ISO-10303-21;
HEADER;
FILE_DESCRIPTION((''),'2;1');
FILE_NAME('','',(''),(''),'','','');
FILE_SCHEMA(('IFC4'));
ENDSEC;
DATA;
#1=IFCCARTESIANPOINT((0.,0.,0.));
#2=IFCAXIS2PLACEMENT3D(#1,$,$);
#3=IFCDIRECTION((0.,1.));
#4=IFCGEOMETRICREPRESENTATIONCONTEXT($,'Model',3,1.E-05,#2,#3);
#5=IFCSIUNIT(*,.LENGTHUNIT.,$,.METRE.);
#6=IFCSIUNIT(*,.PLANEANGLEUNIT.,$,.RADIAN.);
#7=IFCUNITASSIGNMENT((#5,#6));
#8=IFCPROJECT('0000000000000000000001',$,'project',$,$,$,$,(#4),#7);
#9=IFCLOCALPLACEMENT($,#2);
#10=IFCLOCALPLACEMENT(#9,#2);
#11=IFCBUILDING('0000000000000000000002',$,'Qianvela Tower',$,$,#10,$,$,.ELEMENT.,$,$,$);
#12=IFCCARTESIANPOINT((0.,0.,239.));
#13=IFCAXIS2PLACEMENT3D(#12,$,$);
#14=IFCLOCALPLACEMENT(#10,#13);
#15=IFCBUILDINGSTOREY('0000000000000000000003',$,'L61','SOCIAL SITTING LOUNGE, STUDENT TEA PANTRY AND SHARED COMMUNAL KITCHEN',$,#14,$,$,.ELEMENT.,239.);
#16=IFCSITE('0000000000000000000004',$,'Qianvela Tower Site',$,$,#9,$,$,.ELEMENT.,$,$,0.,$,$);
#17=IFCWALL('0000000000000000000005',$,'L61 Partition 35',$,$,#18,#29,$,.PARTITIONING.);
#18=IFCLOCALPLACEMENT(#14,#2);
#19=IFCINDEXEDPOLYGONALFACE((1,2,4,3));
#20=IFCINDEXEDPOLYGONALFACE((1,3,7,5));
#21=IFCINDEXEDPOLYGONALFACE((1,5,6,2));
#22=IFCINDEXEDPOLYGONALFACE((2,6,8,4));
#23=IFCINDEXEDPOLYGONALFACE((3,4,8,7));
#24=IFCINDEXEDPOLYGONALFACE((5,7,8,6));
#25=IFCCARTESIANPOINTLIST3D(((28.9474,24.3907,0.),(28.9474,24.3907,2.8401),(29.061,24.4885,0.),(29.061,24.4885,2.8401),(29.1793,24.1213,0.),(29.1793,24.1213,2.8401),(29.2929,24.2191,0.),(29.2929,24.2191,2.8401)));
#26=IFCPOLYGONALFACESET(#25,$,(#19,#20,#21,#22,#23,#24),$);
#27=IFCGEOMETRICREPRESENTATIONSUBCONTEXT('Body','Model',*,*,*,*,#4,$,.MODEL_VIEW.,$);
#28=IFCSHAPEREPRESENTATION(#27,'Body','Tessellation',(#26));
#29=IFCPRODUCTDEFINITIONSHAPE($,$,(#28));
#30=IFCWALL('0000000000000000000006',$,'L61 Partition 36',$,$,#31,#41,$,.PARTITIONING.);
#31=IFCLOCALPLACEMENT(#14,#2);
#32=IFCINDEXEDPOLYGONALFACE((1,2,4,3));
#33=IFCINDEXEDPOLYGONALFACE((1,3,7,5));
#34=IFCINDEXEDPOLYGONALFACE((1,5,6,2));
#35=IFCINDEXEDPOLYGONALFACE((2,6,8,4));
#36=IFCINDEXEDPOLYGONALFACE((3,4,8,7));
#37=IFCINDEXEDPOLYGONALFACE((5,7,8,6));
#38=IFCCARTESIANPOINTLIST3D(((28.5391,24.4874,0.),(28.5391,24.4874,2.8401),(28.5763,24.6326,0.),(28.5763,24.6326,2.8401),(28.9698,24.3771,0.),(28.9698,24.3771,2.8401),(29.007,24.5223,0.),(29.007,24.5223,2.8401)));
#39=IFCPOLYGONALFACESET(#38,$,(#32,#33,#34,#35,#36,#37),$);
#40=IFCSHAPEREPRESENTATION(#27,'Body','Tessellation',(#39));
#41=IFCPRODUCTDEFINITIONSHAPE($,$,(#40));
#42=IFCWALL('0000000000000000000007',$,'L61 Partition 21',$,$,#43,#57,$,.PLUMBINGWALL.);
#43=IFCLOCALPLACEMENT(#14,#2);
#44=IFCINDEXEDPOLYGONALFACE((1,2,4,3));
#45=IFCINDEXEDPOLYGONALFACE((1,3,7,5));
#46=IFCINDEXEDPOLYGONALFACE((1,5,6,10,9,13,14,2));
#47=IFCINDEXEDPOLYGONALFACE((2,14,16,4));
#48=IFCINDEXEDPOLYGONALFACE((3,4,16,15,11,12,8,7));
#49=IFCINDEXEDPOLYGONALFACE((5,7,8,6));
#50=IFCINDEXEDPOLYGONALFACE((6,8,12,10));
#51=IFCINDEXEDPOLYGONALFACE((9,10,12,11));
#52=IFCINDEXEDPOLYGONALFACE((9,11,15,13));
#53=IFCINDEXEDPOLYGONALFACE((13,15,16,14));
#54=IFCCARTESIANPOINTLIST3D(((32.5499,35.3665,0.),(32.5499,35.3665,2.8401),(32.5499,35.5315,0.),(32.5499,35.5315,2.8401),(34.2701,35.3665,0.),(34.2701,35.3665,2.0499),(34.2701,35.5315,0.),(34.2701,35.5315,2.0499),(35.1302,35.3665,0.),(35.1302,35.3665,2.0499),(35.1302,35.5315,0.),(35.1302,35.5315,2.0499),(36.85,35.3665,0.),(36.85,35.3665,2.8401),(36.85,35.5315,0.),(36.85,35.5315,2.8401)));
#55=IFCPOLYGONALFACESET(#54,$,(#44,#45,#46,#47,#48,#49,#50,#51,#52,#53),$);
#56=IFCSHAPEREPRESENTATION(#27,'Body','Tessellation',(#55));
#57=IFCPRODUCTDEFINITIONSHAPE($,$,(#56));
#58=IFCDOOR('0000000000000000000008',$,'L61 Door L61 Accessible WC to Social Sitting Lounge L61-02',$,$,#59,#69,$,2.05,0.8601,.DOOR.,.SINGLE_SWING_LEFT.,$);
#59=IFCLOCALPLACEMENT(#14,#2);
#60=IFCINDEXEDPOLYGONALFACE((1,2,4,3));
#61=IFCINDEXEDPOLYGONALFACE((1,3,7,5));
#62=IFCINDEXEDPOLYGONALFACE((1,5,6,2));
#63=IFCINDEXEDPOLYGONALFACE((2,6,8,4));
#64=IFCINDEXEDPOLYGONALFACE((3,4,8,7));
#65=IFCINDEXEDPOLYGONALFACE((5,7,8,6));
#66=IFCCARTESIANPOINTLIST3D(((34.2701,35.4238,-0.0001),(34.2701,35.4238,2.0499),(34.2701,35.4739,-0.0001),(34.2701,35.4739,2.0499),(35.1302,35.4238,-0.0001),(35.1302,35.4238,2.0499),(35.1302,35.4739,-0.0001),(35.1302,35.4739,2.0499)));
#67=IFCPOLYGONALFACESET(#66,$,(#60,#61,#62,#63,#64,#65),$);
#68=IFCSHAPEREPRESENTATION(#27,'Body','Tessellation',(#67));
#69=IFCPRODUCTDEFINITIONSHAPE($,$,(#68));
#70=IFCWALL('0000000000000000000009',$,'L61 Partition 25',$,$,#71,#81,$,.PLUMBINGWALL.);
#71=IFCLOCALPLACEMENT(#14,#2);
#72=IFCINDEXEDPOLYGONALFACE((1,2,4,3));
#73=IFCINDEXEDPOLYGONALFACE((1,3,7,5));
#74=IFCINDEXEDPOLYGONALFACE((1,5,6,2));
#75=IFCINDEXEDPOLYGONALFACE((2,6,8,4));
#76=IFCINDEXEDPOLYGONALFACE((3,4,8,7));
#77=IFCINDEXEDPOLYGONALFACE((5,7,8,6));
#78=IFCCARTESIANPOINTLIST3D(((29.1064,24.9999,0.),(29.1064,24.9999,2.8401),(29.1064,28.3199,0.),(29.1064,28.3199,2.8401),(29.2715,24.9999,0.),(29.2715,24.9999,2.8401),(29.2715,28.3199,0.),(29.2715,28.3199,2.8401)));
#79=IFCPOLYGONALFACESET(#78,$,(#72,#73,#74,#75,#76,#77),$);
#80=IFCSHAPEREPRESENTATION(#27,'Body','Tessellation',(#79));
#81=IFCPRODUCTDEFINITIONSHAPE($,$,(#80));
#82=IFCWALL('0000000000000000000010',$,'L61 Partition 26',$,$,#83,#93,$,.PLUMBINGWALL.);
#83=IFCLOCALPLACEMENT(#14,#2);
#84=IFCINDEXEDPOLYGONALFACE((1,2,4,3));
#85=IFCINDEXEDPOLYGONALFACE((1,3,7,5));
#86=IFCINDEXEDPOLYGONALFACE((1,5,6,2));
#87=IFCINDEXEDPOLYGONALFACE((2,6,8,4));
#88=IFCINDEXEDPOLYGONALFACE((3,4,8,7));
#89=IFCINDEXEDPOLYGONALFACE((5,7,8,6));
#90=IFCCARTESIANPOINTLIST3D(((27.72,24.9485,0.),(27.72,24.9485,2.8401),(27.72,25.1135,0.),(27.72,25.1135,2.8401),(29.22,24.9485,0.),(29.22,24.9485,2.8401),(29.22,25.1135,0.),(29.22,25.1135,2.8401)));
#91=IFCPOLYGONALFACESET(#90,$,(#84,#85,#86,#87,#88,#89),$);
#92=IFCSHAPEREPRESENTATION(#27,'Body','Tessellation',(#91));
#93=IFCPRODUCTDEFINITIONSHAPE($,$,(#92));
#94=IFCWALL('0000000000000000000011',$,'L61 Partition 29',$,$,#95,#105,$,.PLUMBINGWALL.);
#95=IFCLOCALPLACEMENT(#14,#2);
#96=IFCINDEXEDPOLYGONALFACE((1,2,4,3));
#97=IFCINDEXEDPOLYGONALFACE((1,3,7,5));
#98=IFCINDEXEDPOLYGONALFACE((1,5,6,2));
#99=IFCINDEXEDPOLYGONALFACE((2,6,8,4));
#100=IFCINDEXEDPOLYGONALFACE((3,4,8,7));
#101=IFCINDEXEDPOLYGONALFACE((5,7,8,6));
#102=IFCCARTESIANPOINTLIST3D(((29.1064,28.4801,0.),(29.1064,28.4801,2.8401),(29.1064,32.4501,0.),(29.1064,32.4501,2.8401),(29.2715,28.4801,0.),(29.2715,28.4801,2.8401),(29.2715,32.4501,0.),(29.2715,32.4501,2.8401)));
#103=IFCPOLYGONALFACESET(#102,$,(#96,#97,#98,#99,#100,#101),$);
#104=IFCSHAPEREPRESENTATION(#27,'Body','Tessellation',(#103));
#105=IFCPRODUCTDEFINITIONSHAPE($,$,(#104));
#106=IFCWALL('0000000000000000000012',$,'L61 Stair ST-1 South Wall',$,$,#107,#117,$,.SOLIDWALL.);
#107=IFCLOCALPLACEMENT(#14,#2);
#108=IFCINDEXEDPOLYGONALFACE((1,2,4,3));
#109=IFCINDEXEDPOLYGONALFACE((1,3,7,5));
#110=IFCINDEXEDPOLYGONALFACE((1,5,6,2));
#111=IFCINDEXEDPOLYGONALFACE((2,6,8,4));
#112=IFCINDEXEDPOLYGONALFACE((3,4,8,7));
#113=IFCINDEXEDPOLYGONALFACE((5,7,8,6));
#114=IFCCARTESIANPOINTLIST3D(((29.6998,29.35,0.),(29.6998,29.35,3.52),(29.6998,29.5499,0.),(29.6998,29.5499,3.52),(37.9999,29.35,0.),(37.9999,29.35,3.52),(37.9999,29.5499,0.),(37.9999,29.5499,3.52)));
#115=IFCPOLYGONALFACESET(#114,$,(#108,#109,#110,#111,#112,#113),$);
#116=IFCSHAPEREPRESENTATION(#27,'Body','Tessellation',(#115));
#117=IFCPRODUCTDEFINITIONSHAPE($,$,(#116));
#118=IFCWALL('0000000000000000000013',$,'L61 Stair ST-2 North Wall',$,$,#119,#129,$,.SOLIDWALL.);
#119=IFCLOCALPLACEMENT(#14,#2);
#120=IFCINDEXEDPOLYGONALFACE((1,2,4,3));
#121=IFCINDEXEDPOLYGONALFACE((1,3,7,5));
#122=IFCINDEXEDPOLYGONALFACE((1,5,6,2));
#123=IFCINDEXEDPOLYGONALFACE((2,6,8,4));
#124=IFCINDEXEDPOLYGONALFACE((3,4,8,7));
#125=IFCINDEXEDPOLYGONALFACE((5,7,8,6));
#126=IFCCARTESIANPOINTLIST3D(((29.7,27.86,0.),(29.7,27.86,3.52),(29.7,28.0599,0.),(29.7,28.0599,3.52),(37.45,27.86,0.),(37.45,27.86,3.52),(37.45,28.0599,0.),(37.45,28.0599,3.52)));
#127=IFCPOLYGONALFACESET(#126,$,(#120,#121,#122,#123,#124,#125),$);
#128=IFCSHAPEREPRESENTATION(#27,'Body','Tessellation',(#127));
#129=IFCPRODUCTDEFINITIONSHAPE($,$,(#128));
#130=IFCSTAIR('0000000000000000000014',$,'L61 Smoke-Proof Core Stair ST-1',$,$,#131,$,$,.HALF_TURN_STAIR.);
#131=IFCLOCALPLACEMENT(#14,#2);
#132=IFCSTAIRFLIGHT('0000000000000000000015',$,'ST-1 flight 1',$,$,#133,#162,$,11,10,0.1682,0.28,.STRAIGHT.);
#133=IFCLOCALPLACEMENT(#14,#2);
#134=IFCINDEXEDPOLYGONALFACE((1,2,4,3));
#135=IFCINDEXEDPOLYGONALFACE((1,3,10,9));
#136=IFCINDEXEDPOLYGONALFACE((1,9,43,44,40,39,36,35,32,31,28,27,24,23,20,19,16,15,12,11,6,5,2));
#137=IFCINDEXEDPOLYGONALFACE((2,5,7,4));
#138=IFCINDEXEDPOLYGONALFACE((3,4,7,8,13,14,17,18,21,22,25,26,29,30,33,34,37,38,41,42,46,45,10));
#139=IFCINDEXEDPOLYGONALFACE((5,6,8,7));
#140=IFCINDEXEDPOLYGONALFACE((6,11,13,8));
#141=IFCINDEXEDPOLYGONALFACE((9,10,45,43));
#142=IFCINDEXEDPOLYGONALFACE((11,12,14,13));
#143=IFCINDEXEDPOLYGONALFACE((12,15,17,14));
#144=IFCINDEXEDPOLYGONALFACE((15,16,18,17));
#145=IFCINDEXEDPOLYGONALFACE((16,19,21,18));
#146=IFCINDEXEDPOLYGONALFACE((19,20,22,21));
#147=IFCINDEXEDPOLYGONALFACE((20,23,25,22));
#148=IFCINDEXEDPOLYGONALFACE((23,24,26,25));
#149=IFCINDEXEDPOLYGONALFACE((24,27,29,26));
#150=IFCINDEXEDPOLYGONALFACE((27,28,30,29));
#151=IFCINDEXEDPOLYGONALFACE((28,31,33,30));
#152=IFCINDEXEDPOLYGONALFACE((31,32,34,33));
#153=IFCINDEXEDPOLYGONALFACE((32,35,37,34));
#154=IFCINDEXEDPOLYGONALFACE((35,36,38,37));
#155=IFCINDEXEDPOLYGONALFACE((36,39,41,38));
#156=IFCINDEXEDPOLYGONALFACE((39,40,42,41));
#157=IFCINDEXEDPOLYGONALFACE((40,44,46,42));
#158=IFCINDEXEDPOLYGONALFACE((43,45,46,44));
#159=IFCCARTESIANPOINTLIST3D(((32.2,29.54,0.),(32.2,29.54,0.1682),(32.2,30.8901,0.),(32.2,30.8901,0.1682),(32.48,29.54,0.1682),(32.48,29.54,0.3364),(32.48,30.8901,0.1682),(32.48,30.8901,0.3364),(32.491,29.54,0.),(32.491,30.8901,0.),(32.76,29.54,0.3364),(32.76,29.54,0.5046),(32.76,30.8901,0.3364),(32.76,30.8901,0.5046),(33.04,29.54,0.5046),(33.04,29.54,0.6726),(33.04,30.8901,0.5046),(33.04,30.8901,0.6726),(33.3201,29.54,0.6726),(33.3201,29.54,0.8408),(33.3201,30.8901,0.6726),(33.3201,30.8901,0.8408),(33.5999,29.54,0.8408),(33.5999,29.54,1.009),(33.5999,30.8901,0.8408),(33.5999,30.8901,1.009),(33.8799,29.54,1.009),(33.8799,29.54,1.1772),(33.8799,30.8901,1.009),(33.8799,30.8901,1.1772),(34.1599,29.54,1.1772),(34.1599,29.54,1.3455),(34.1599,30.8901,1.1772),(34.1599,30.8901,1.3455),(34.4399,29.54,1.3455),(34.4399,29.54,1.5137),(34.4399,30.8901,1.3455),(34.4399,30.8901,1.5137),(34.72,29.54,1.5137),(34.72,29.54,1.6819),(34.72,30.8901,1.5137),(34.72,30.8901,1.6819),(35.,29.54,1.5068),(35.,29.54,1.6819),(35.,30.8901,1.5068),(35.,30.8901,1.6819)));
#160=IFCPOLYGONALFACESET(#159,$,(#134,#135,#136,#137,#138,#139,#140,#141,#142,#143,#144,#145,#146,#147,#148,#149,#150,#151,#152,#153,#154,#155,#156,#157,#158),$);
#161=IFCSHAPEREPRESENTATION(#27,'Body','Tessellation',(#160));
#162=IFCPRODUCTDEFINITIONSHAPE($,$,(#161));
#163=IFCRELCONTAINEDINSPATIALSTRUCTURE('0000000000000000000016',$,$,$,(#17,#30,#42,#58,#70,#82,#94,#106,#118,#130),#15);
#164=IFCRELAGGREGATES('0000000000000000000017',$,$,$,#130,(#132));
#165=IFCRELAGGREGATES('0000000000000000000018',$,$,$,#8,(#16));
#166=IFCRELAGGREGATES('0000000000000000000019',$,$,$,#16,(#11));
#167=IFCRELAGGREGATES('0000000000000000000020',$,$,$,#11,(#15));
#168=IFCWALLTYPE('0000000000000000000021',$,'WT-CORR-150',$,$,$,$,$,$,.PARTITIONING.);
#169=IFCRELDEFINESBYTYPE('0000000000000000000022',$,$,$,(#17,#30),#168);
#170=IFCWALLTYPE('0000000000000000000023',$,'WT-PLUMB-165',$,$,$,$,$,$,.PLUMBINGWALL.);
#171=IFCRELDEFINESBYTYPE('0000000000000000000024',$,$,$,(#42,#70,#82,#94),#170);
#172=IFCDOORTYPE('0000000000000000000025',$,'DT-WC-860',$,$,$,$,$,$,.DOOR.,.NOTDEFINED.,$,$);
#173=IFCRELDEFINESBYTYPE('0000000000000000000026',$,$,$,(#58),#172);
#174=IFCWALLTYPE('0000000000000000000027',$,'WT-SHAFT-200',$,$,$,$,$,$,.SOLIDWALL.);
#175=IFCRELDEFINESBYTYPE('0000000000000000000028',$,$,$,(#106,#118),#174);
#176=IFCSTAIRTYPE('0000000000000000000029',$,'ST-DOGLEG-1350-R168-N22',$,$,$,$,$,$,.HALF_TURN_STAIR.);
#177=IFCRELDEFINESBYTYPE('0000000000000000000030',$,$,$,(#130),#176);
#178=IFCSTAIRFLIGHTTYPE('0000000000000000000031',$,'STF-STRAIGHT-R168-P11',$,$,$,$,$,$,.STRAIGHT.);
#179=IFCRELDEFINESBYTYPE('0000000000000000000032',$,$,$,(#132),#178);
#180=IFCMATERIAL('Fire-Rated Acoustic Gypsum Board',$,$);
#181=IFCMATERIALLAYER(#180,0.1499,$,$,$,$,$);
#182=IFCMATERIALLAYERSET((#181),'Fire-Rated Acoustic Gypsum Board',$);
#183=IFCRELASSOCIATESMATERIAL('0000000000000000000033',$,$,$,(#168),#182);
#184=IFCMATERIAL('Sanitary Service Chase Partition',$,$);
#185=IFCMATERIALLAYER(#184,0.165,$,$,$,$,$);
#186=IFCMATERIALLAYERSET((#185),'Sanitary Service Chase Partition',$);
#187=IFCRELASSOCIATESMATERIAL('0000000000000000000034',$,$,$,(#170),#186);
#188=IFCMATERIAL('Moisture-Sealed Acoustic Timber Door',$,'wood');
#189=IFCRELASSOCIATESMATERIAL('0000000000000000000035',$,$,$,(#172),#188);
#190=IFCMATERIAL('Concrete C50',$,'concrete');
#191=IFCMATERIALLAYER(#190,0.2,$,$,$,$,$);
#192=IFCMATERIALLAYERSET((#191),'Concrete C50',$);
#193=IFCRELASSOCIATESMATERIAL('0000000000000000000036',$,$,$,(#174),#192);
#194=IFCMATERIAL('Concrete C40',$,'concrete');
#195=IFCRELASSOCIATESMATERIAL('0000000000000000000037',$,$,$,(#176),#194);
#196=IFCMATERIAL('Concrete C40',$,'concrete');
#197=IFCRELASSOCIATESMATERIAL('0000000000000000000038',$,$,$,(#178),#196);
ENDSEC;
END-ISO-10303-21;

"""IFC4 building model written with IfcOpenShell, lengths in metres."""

from ifc_helpers import new_model, si_unit, direction, frame, frame_2d, origin, place, context, subcontext, project, spatial, polyline, rectangle, outline, extrude, material, layer, layer_set, type_object, element, fill, aggregate, save


model = new_model("IFC4")

# Units and contexts
model_context = context("Model", 3, precision=1e-05, world=origin(), true_north=direction((0.0, 1.0)))
body_context = subcontext(model_context, "Body", "Model", "MODEL_VIEW")
ifc_project = project(units=[si_unit("LENGTHUNIT", "METRE"), si_unit("PLANEANGLEUNIT", "RADIAN")], contexts=[model_context])

# Site, building, storey
site_placement = place(None, origin())
site = spatial("IfcSite", under=ifc_project, at=site_placement, Name="Qianvela Tower Site", CompositionType="ELEMENT", RefElevation=0.0)
building_placement = place(site_placement, origin())
building = spatial("IfcBuilding", under=site, at=building_placement, Name="Qianvela Tower", CompositionType="ELEMENT")
storey_placement = place(building_placement, frame((0.0, 0.0, 239.0)))
storey = spatial("IfcBuildingStorey", under=building, at=storey_placement, Name="L61", Description="SOCIAL SITTING LOUNGE, STUDENT TEA PANTRY AND SHARED COMMUNAL KITCHEN", CompositionType="ELEMENT", Elevation=239.0)

# Walls
ifc_material_1 = material(Name="Fire-Rated Acoustic Gypsum Board")
ifc_layer_1 = layer(ifc_material_1, 0.1499)
ifc_layer_set_1 = layer_set([ifc_layer_1], Name="Fire-Rated Acoustic Gypsum Board")
wall_type_1 = type_object("IfcWallType", Name="WT-CORR-150", PredefinedType="PARTITIONING", material=ifc_layer_set_1)
wall_1_placement = place(storey_placement, frame((29.2361, 24.1702, 0.0), z_axis=(0.0, 0.0, 1.0), x_axis=(-0.65226, 0.757995, 0.0)))
element("IfcWall", 1, at=wall_1_placement, inside=storey, type_object=wall_type_1, Name="L61 Partition 35", PredefinedType="PARTITIONING", context=body_context, shape_type="SweptSolid", body=[
    extrude(rectangle(XDim=0.3555, YDim=0.1499, at=frame_2d((0.1777, 0.0))), origin(), (0.0, 0.0, 1.0), 2.8401),
])
wall_2_placement = place(storey_placement, frame((28.9883, 24.4497, 0.0), z_axis=(0.0, 0.0, 1.0), x_axis=(-0.968705, 0.248217, 0.0)))
element("IfcWall", 2, at=wall_2_placement, inside=storey, type_object=wall_type_1, Name="L61 Partition 36", PredefinedType="PARTITIONING", context=body_context, shape_type="SweptSolid", body=[
    extrude(rectangle(XDim=0.4446, YDim=0.1499, at=frame_2d((0.2222, 0.0))), origin(), (0.0, 0.0, 1.0), 2.8401),
])

# Wall, opening, door
ifc_material_2 = material(Name="Sanitary Service Chase Partition")
ifc_layer_2 = layer(ifc_material_2, 0.165)
ifc_layer_set_2 = layer_set([ifc_layer_2], Name="Sanitary Service Chase Partition")
wall_type_2 = type_object("IfcWallType", Name="WT-PLUMB-165", PredefinedType="PLUMBINGWALL", material=ifc_layer_set_2)
wall_3_placement = place(storey_placement, frame((32.55, 35.449, 0.0), z_axis=(0.0, 0.0, 1.0), x_axis=(1.0, 0.0, 0.0)))
wall_3 = element("IfcWall", 3, at=wall_3_placement, inside=storey, type_object=wall_type_2, Name="L61 Partition 21", PredefinedType="PLUMBINGWALL", context=body_context, shape_type="SweptSolid", body=[
    extrude(rectangle(XDim=4.3, YDim=0.165, at=frame_2d((2.1499, 0.0))), origin(), (0.0, 0.0, 1.0), 2.8401),
])
opening_1_placement = place(wall_3_placement, frame((1.72, 0.0, 0.0)))
opening_1 = element("IfcOpeningElement", 4, at=opening_1_placement, cuts=wall_3, PredefinedType="OPENING", context=body_context, shape_type="SweptSolid", body=[
    extrude(rectangle(XDim=0.8601, YDim=2.05, at=frame_2d((0.4302, 1.0249))), frame((0.0, 0.0925, 0.0), z_axis=(0.0, -1.0, 0.0), x_axis=(1.0, 0.0, 0.0)), (0.0, 0.0, 1.0), 0.1851),
])
ifc_material_3 = material(Name="Moisture-Sealed Acoustic Timber Door", Category="wood")
door_type_1 = type_object("IfcDoorType", Name="DT-WC-860", OperationType="NOTDEFINED", PredefinedType="DOOR", material=ifc_material_3)
door_1_placement = place(opening_1_placement, origin())
door_1 = element("IfcDoor", 5, at=door_1_placement, inside=storey, type_object=door_type_1, Name="L61 Door L61 Accessible WC to Social Sitting Lounge L61-02", OperationType="SINGLE_SWING_LEFT", OverallHeight=2.05, OverallWidth=0.8601, PredefinedType="DOOR", context=body_context, shape_type="SweptSolid", body=[
    extrude(rectangle(XDim=0.8601, YDim=2.05, at=frame_2d((0.4302, 1.0249))), frame((0.0, 0.0249, 0.0), z_axis=(0.0, -1.0, 0.0), x_axis=(1.0, 0.0, 0.0)), (0.0, 0.0, 1.0), 0.05),
])
fill(opening_1, door_1)

# Walls
wall_4_placement = place(storey_placement, frame((29.189, 28.3201, 0.0), z_axis=(0.0, 0.0, 1.0), x_axis=(0.0, -1.0, 0.0)))
element("IfcWall", 6, at=wall_4_placement, inside=storey, type_object=wall_type_2, Name="L61 Partition 25", PredefinedType="PLUMBINGWALL", context=body_context, shape_type="SweptSolid", body=[
    extrude(rectangle(XDim=3.3201, YDim=0.165, at=frame_2d((1.6602, 0.0))), origin(), (0.0, 0.0, 1.0), 2.8401),
])
wall_5_placement = place(storey_placement, frame((29.22, 25.031, 0.0), z_axis=(0.0, 0.0, 1.0), x_axis=(-1.0, 0.0, 0.0)))
element("IfcWall", 7, at=wall_5_placement, inside=storey, type_object=wall_type_2, Name="L61 Partition 26", PredefinedType="PLUMBINGWALL", context=body_context, shape_type="SweptSolid", body=[
    extrude(rectangle(XDim=1.5, YDim=0.165, at=frame_2d((0.75, 0.0))), origin(), (0.0, 0.0, 1.0), 2.8401),
])
wall_6_placement = place(storey_placement, frame((29.189, 32.45, 0.0), z_axis=(0.0, 0.0, 1.0), x_axis=(0.0, -1.0, 0.0)))
element("IfcWall", 8, at=wall_6_placement, inside=storey, type_object=wall_type_2, Name="L61 Partition 29", PredefinedType="PLUMBINGWALL", context=body_context, shape_type="SweptSolid", body=[
    extrude(rectangle(XDim=3.97, YDim=0.165, at=frame_2d((1.9849, 0.0))), origin(), (0.0, 0.0, 1.0), 2.8401),
])
ifc_material_4 = material(Name="Concrete C50", Category="concrete")
ifc_layer_3 = layer(ifc_material_4, 0.2)
ifc_layer_set_3 = layer_set([ifc_layer_3], Name="Concrete C50")
wall_type_3 = type_object("IfcWallType", Name="WT-SHAFT-200", PredefinedType="SOLIDWALL", material=ifc_layer_set_3)
wall_7_placement = place(storey_placement, frame((29.7, 29.45, 0.0), z_axis=(0.0, 0.0, 1.0), x_axis=(1.0, 0.0, 0.0)))
element("IfcWall", 9, at=wall_7_placement, inside=storey, type_object=wall_type_3, Name="L61 Stair ST-1 South Wall", PredefinedType="SOLIDWALL", context=body_context, shape_type="SweptSolid", body=[
    extrude(rectangle(XDim=8.3, YDim=0.2, at=frame_2d((4.1499, 0.0))), origin(), (0.0, 0.0, 1.0), 3.52),
])
wall_8_placement = place(storey_placement, frame((29.7, 27.96, 0.0), z_axis=(0.0, 0.0, 1.0), x_axis=(1.0, 0.0, 0.0)))
element("IfcWall", 10, at=wall_8_placement, inside=storey, type_object=wall_type_3, Name="L61 Stair ST-2 North Wall", PredefinedType="SOLIDWALL", context=body_context, shape_type="SweptSolid", body=[
    extrude(rectangle(XDim=7.75, YDim=0.2, at=frame_2d((3.875, 0.0))), origin(), (0.0, 0.0, 1.0), 3.52),
])

# Stair, stair flight
ifc_material_5 = material(Name="Concrete C40", Category="concrete")
stair_type = type_object("IfcStairType", Name="ST-DOGLEG-1350-R168-N22", PredefinedType="HALF_TURN_STAIR", material=ifc_material_5)
stair_1_placement = place(storey_placement, origin())
stair_1 = element("IfcStair", 11, at=stair_1_placement, inside=storey, type_object=stair_type, Name="L61 Smoke-Proof Core Stair ST-1", PredefinedType="HALF_TURN_STAIR")
ifc_material_6 = material(Name="Concrete C40", Category="concrete")
stair_flight_type = type_object("IfcStairFlightType", Name="STF-STRAIGHT-R168-P11", PredefinedType="STRAIGHT", material=ifc_material_6)
stair_flight_1_placement = place(storey_placement, frame((32.2, 30.2151, 0.0), z_axis=(0.0, 0.0, 1.0), x_axis=(1.0, 0.0, 0.0)))
stair_flight_1 = element("IfcStairFlight", 12, at=stair_flight_1_placement, type_object=stair_flight_type, Name="ST-1 flight 1", NumberOfRisers=11, NumberOfTreads=10, PredefinedType="STRAIGHT", RiserHeight=0.1682, TreadLength=0.28, context=body_context, shape_type="SweptSolid", body=[
    extrude(outline(polyline([(0.0, 0.0), (0.0, 0.1682), (0.28, 0.1682), (0.28, 0.3364), (0.5601, 0.3364), (0.5601, 0.5046), (0.8401, 0.5046), (0.8401, 0.6726), (1.1201, 0.6726), (1.1201, 0.8408), (1.3999, 0.8408), (1.3999, 1.009), (1.6799, 1.009), (1.6799, 1.1772), (1.96, 1.1772), (1.96, 1.3455), (2.24, 1.3455), (2.24, 1.5137), (2.52, 1.5137), (2.52, 1.6819), (2.8, 1.6819), (2.8, 1.8501), (2.8, 1.5068), (0.291, 0.0), (0.0, 0.0)])), frame((0.0, 0.675, 0.0), z_axis=(0.0, -1.0, 0.0), x_axis=(1.0, 0.0, 0.0)), (0.0, 0.0, 1.0), 1.3501),
])
aggregate(stair_1, [stair_flight_1])

save(model, "model.ifc")
